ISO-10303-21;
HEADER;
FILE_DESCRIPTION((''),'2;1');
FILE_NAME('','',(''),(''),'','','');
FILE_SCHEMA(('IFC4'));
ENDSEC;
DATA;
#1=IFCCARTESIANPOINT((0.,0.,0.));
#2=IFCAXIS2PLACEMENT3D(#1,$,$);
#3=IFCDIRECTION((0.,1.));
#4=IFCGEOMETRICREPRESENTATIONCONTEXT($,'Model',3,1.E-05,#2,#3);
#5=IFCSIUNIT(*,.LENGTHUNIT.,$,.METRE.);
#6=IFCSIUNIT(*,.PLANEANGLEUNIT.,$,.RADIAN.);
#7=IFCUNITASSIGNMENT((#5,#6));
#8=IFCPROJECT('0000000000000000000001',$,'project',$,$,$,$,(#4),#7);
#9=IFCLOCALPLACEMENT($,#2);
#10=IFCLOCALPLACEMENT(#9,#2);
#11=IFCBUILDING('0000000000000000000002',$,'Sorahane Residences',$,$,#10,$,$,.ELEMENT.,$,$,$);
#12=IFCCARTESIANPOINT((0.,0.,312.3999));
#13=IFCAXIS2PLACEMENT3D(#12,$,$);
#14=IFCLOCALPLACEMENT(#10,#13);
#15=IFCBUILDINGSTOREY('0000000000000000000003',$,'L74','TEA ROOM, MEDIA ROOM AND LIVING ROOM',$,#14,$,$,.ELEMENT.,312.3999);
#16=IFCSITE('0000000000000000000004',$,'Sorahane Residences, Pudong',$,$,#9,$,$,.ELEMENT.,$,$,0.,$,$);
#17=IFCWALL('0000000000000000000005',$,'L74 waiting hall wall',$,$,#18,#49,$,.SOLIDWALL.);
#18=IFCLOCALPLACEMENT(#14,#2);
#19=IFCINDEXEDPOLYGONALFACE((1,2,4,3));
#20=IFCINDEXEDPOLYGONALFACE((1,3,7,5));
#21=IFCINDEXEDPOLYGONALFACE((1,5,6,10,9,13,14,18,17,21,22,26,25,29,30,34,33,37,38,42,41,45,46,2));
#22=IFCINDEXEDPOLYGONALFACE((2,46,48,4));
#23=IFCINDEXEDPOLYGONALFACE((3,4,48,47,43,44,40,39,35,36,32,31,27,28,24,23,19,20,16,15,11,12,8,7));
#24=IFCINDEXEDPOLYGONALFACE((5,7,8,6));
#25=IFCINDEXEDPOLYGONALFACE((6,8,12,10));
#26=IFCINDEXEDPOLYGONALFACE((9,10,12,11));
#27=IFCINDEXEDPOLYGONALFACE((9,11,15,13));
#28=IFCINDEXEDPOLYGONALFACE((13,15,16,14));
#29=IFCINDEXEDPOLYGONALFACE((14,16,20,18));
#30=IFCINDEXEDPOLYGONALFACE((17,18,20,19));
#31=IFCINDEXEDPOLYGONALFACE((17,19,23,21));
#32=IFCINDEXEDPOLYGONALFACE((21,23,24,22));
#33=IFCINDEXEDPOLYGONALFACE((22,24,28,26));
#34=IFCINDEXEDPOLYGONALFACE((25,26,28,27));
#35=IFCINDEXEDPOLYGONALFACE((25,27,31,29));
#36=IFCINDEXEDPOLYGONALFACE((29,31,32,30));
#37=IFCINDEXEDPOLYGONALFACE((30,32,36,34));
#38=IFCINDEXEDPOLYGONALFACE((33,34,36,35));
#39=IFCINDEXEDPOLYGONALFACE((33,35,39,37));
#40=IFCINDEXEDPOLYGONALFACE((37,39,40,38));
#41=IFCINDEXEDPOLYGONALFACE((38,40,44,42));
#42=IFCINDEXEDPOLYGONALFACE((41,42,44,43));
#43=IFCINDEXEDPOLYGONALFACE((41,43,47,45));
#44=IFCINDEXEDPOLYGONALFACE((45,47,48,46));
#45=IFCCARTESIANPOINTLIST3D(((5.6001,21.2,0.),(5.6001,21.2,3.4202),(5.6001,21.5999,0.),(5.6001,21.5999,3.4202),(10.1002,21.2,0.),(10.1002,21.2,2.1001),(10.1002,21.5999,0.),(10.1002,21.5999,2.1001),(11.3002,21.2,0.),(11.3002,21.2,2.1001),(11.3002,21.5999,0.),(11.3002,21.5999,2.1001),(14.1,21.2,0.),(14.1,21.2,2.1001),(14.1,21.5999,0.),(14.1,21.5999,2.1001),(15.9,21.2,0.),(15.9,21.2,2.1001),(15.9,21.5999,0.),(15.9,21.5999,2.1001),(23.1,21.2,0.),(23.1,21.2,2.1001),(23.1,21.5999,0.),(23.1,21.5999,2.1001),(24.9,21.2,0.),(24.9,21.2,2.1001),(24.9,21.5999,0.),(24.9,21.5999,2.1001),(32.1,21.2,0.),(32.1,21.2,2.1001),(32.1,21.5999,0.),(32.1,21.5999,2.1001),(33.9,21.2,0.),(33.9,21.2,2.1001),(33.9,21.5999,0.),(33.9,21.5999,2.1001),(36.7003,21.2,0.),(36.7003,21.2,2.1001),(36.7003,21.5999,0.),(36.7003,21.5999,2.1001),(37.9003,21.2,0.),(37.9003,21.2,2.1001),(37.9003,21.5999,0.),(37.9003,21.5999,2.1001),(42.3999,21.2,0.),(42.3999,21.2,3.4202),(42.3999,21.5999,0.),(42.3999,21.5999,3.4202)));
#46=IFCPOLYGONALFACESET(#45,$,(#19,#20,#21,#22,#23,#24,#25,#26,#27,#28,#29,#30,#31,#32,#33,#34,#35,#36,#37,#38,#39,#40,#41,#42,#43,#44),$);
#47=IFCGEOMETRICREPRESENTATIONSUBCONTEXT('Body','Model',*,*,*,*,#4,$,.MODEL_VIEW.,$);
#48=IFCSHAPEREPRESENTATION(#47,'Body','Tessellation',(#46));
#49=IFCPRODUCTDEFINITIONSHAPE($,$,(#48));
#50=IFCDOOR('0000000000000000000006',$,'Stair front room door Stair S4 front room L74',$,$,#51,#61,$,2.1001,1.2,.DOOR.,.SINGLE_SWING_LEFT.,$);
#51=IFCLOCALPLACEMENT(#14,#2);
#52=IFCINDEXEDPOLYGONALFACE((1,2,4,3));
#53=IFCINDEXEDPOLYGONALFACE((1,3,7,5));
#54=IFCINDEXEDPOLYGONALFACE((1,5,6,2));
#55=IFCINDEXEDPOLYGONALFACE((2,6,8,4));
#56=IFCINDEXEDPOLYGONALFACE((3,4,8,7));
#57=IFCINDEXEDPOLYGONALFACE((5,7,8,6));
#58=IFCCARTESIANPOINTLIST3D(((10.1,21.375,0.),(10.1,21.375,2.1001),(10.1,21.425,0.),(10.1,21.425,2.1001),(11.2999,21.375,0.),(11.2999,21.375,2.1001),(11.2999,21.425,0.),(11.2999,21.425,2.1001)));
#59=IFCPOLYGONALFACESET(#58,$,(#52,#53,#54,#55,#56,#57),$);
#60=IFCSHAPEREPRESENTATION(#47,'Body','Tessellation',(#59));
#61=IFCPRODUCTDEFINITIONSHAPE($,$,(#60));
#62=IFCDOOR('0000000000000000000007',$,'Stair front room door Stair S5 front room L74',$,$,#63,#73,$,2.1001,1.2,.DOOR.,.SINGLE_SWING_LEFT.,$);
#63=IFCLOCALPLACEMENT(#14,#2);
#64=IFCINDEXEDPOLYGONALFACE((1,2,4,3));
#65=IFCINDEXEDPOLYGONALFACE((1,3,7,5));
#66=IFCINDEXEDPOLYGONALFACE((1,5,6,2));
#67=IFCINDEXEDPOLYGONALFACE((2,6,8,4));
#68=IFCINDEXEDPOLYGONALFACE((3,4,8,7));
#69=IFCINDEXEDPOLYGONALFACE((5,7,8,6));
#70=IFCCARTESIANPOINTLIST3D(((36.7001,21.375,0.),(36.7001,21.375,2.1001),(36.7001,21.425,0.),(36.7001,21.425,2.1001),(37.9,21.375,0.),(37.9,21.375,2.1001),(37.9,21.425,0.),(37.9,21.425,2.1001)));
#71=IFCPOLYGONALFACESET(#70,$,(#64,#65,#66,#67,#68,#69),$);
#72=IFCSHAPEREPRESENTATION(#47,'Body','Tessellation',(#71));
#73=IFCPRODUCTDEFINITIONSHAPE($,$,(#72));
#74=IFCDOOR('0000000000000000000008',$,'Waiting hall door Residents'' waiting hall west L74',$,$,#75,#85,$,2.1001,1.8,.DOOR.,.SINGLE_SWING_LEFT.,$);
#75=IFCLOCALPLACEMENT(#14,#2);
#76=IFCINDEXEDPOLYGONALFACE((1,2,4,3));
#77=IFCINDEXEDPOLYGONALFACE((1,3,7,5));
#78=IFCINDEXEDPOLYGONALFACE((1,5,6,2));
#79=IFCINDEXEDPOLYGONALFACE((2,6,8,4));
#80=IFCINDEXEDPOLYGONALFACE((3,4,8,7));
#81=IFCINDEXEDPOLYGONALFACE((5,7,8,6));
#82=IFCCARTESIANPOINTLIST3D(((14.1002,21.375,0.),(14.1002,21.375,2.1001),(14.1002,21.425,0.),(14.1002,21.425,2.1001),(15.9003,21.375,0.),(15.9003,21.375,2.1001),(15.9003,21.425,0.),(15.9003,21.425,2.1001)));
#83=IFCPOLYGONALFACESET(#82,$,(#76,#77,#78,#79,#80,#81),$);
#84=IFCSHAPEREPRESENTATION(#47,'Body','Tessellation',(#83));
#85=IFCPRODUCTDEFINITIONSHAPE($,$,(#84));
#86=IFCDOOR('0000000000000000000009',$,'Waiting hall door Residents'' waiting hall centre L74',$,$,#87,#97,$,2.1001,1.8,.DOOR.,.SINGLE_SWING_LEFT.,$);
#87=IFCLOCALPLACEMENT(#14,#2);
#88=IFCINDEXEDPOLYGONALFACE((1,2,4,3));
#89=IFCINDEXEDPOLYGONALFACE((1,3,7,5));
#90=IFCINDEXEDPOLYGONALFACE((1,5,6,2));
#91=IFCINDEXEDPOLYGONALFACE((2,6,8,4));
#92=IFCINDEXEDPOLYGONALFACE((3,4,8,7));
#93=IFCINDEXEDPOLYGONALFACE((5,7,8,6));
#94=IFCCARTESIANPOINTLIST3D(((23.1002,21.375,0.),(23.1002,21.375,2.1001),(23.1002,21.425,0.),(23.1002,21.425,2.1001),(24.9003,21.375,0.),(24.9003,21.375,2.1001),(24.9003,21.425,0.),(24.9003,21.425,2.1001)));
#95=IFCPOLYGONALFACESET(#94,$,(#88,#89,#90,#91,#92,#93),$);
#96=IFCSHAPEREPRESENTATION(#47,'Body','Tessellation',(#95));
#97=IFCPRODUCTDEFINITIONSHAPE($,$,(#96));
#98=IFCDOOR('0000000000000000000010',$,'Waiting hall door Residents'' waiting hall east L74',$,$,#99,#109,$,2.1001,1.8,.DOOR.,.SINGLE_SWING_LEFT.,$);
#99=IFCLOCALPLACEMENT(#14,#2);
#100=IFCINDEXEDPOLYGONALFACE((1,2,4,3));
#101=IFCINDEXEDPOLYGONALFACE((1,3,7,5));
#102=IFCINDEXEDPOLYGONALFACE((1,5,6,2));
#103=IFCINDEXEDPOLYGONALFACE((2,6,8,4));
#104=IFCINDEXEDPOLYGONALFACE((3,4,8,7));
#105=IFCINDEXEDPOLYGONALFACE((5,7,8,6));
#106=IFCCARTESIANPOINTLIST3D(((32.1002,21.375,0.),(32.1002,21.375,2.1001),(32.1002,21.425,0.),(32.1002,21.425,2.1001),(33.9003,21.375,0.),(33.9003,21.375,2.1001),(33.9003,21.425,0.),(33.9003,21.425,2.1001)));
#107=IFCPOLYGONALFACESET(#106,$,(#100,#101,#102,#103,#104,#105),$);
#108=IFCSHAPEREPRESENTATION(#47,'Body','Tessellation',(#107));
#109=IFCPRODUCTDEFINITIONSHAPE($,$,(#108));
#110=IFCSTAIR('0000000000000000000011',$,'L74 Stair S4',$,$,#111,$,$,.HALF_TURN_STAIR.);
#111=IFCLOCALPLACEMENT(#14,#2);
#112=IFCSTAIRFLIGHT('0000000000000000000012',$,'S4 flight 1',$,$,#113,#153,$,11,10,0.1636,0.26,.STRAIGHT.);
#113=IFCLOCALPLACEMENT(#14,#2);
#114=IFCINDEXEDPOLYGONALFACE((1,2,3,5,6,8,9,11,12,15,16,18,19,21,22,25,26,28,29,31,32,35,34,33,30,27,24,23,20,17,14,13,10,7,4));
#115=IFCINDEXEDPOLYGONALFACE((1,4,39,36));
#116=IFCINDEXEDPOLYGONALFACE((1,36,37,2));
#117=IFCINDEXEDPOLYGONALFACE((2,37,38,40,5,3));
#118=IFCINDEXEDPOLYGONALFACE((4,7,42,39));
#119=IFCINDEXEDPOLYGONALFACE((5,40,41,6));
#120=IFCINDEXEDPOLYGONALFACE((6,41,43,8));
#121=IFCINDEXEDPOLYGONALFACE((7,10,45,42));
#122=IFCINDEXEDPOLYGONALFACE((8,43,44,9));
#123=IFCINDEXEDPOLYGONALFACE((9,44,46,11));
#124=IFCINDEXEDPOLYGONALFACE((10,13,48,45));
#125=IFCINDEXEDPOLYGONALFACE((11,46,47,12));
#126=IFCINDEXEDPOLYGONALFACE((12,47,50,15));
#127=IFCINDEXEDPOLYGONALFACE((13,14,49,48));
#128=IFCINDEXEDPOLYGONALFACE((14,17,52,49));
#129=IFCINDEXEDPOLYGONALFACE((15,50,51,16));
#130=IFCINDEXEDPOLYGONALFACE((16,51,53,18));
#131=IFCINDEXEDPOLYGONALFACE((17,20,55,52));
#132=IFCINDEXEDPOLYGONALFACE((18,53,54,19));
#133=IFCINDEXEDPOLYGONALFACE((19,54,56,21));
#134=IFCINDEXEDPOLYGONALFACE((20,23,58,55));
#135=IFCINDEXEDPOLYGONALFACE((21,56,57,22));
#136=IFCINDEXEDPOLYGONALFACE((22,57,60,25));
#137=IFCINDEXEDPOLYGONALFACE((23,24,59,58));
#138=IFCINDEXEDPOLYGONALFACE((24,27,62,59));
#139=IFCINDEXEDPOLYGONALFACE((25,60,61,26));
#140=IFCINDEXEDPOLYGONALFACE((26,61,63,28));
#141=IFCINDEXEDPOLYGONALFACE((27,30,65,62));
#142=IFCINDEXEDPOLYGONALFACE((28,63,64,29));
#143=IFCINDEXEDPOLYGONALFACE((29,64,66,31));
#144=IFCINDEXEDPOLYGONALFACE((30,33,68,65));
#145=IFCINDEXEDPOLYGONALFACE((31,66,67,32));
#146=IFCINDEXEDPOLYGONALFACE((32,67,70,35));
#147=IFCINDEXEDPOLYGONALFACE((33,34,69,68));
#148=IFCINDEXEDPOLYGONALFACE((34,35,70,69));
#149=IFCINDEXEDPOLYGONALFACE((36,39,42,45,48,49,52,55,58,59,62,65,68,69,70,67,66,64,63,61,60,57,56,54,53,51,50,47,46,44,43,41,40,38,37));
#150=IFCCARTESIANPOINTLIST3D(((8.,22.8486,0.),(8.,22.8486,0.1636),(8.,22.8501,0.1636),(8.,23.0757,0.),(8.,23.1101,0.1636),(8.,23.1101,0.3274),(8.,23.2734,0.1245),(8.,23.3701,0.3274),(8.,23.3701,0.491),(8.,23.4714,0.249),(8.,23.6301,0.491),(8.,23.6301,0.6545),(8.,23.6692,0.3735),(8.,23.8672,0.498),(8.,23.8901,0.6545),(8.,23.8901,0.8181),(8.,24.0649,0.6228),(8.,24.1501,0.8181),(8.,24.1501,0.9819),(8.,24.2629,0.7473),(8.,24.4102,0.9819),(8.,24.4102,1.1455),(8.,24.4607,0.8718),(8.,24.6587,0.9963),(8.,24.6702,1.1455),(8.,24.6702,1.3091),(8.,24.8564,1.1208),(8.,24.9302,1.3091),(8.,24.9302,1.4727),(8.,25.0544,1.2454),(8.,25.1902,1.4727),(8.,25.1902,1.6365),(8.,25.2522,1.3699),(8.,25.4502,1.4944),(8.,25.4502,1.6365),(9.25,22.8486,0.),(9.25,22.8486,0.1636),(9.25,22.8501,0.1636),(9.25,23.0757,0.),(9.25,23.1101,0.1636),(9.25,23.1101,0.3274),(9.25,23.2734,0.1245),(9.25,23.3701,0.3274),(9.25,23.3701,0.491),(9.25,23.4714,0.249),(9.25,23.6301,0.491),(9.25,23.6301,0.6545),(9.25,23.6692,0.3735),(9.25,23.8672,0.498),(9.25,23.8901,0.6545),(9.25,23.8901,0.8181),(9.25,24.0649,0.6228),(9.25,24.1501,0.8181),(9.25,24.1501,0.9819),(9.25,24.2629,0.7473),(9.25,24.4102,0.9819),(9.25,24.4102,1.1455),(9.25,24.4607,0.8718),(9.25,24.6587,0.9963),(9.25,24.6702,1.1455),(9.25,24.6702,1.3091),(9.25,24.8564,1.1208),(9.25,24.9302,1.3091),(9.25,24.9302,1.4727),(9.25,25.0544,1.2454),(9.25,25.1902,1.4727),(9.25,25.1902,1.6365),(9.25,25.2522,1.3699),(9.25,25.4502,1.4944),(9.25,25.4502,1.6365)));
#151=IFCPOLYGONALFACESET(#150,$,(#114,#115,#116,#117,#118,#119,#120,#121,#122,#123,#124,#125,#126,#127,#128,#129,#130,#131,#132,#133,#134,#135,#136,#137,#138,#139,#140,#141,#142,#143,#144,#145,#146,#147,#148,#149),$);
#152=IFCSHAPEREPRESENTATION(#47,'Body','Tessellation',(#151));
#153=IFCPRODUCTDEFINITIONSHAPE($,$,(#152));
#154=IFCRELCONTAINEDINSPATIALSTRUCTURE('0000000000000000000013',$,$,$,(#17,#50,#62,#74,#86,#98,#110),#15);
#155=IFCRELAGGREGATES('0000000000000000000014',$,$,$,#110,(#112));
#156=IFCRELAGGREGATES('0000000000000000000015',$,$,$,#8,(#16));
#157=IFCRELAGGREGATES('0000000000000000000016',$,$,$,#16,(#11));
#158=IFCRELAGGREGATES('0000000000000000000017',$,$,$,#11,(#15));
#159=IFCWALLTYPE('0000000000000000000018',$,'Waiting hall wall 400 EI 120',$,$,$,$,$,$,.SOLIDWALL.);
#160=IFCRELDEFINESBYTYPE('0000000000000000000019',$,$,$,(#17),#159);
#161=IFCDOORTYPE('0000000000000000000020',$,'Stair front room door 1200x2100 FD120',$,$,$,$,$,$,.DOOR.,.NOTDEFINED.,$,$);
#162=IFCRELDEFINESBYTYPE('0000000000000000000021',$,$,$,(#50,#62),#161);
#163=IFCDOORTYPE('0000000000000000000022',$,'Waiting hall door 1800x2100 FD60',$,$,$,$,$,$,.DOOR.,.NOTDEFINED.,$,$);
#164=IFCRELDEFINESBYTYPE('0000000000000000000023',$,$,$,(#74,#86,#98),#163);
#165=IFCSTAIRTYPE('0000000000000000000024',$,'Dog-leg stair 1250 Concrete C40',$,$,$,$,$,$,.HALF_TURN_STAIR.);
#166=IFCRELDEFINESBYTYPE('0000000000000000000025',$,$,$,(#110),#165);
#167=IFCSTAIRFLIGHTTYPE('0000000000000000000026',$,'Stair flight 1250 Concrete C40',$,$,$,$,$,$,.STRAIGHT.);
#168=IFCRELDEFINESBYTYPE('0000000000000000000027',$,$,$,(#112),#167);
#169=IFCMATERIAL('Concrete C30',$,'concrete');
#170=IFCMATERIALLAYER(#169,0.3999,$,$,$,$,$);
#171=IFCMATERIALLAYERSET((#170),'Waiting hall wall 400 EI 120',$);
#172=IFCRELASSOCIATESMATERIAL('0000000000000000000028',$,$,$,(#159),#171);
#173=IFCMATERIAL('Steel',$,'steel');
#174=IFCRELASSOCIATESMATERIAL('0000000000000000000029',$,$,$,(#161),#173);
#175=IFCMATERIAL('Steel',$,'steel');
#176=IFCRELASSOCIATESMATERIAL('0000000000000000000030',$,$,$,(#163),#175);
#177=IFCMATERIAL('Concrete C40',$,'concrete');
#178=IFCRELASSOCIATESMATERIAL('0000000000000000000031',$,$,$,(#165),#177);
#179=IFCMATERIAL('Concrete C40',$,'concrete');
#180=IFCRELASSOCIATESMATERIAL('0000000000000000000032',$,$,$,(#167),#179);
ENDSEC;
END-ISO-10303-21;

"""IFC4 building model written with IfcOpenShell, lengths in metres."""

from ifc_helpers import new_model, si_unit, direction, frame, frame_2d, origin, place, context, subcontext, project, spatial, polyline, rectangle, outline, extrude, material, layer, layer_set, type_object, element, fill, aggregate, save


model = new_model("IFC4")

# Units and contexts
model_context = context("Model", 3, precision=1e-05, world=origin(), true_north=direction((0.0, 1.0)))
body_context = subcontext(model_context, "Body", "Model", "MODEL_VIEW")
ifc_project = project(units=[si_unit("LENGTHUNIT", "METRE"), si_unit("PLANEANGLEUNIT", "RADIAN")], contexts=[model_context])

# Site, building, storey
site_placement = place(None, origin())
site = spatial("IfcSite", under=ifc_project, at=site_placement, Name="Sorahane Residences, Pudong", CompositionType="ELEMENT", RefElevation=0.0)
building_placement = place(site_placement, origin())
building = spatial("IfcBuilding", under=site, at=building_placement, Name="Sorahane Residences", CompositionType="ELEMENT")
storey_placement = place(building_placement, frame((0.0, 0.0, 312.3999)))
storey = spatial("IfcBuildingStorey", under=building, at=storey_placement, Name="L74", Description="TEA ROOM, MEDIA ROOM AND LIVING ROOM", CompositionType="ELEMENT", Elevation=312.3999)

# Wall, openings, doors
ifc_material_1 = material(Name="Concrete C30", Category="concrete")
ifc_layer_1 = layer(ifc_material_1, 0.3999)
ifc_layer_set_1 = layer_set([ifc_layer_1], Name="Waiting hall wall 400 EI 120")
wall_type_1 = type_object("IfcWallType", Name="Waiting hall wall 400 EI 120", PredefinedType="SOLIDWALL", material=ifc_layer_set_1)
wall_1_placement = place(storey_placement, frame((5.6001, 21.3999, 0.0), z_axis=(0.0, 0.0, 1.0), x_axis=(1.0, 0.0, 0.0)))
wall_1 = element("IfcWall", 1, at=wall_1_placement, inside=storey, type_object=wall_type_1, Name="L74 waiting hall wall", PredefinedType="SOLIDWALL", context=body_context, shape_type="SweptSolid", body=[
    extrude(rectangle(XDim=36.7998, YDim=0.3999, at=frame_2d((18.3999, 0.0))), origin(), (0.0, 0.0, 1.0), 3.4202),
])
opening_1_placement = place(wall_1_placement, frame((8.5, 0.0, 0.0)))
opening_1 = element("IfcOpeningElement", 2, at=opening_1_placement, cuts=wall_1, PredefinedType="OPENING", context=body_context, shape_type="SweptSolid", body=[
    extrude(rectangle(XDim=1.8, YDim=2.1001, at=frame_2d((0.8999, 1.05))), frame((0.0, 0.21, 0.0), z_axis=(0.0, -1.0, 0.0), x_axis=(1.0, 0.0, 0.0)), (0.0, 0.0, 1.0), 0.4199),
])
opening_2_placement = place(wall_1_placement, frame((17.5, 0.0, 0.0)))
opening_2 = element("IfcOpeningElement", 3, at=opening_2_placement, cuts=wall_1, PredefinedType="OPENING", context=body_context, shape_type="SweptSolid", body=[
    extrude(rectangle(XDim=1.8, YDim=2.1001, at=frame_2d((0.8999, 1.05))), frame((0.0, 0.21, 0.0), z_axis=(0.0, -1.0, 0.0), x_axis=(1.0, 0.0, 0.0)), (0.0, 0.0, 1.0), 0.4199),
])
opening_3_placement = place(wall_1_placement, frame((26.5, 0.0, 0.0)))
opening_3 = element("IfcOpeningElement", 4, at=opening_3_placement, cuts=wall_1, PredefinedType="OPENING", context=body_context, shape_type="SweptSolid", body=[
    extrude(rectangle(XDim=1.8, YDim=2.1001, at=frame_2d((0.8999, 1.05))), frame((0.0, 0.21, 0.0), z_axis=(0.0, -1.0, 0.0), x_axis=(1.0, 0.0, 0.0)), (0.0, 0.0, 1.0), 0.4199),
])
opening_4_placement = place(wall_1_placement, frame((4.5, 0.0, 0.0)))
opening_4 = element("IfcOpeningElement", 5, at=opening_4_placement, cuts=wall_1, PredefinedType="OPENING", context=body_context, shape_type="SweptSolid", body=[
    extrude(rectangle(XDim=1.2, YDim=2.1001, at=frame_2d((0.6001, 1.05))), frame((0.0, 0.21, 0.0), z_axis=(0.0, -1.0, 0.0), x_axis=(1.0, 0.0, 0.0)), (0.0, 0.0, 1.0), 0.4199),
])
opening_5_placement = place(wall_1_placement, frame((31.1001, 0.0, 0.0)))
opening_5 = element("IfcOpeningElement", 6, at=opening_5_placement, cuts=wall_1, PredefinedType="OPENING", context=body_context, shape_type="SweptSolid", body=[
    extrude(rectangle(XDim=1.2, YDim=2.1001, at=frame_2d((0.6001, 1.05))), frame((0.0, 0.21, 0.0), z_axis=(0.0, -1.0, 0.0), x_axis=(1.0, 0.0, 0.0)), (0.0, 0.0, 1.0), 0.4199),
])
ifc_material_2 = material(Name="Steel", Category="steel")
door_type_1 = type_object("IfcDoorType", Name="Stair front room door 1200x2100 FD120", OperationType="NOTDEFINED", PredefinedType="DOOR", material=ifc_material_2)
door_1_placement = place(opening_4_placement, frame((1.2, 0.0, 0.0), z_axis=(0.0, 0.0, 1.0), x_axis=(-1.0, 0.0, 0.0)))
door_1 = element("IfcDoor", 7, at=door_1_placement, inside=storey, type_object=door_type_1, Name="Stair front room door Stair S4 front room L74", OperationType="SINGLE_SWING_LEFT", OverallHeight=2.1001, OverallWidth=1.2, PredefinedType="DOOR", context=body_context, shape_type="SweptSolid", body=[
    extrude(rectangle(XDim=1.2, YDim=2.1001, at=frame_2d((0.6001, 1.05))), frame((0.0, 0.0249, 0.0), z_axis=(0.0, -1.0, 0.0), x_axis=(1.0, 0.0, 0.0)), (0.0, 0.0, 1.0), 0.05),
])
fill(opening_4, door_1)
door_2_placement = place(opening_5_placement, frame((1.2, 0.0, 0.0), z_axis=(0.0, 0.0, 1.0), x_axis=(-1.0, 0.0, 0.0)))
door_2 = element("IfcDoor", 8, at=door_2_placement, inside=storey, type_object=door_type_1, Name="Stair front room door Stair S5 front room L74", OperationType="SINGLE_SWING_LEFT", OverallHeight=2.1001, OverallWidth=1.2, PredefinedType="DOOR", context=body_context, shape_type="SweptSolid", body=[
    extrude(rectangle(XDim=1.2, YDim=2.1001, at=frame_2d((0.6001, 1.05))), frame((0.0, 0.0249, 0.0), z_axis=(0.0, -1.0, 0.0), x_axis=(1.0, 0.0, 0.0)), (0.0, 0.0, 1.0), 0.05),
])
fill(opening_5, door_2)
ifc_material_3 = material(Name="Steel", Category="steel")
door_type_2 = type_object("IfcDoorType", Name="Waiting hall door 1800x2100 FD60", OperationType="NOTDEFINED", PredefinedType="DOOR", material=ifc_material_3)
door_3_placement = place(opening_1_placement, frame((1.8, 0.0, 0.0), z_axis=(0.0, 0.0, 1.0), x_axis=(-1.0, 0.0, 0.0)))
door_3 = element("IfcDoor", 9, at=door_3_placement, inside=storey, type_object=door_type_2, Name="Waiting hall door Residents' waiting hall west L74", OperationType="SINGLE_SWING_LEFT", OverallHeight=2.1001, OverallWidth=1.8, PredefinedType="DOOR", context=body_context, shape_type="SweptSolid", body=[
    extrude(rectangle(XDim=1.8, YDim=2.1001, at=frame_2d((0.8999, 1.05))), frame((0.0, 0.0249, 0.0), z_axis=(0.0, -1.0, 0.0), x_axis=(1.0, 0.0, 0.0)), (0.0, 0.0, 1.0), 0.05),
])
fill(opening_1, door_3)
door_4_placement = place(opening_2_placement, frame((1.8, 0.0, 0.0), z_axis=(0.0, 0.0, 1.0), x_axis=(-1.0, 0.0, 0.0)))
door_4 = element("IfcDoor", 10, at=door_4_placement, inside=storey, type_object=door_type_2, Name="Waiting hall door Residents' waiting hall centre L74", OperationType="SINGLE_SWING_LEFT", OverallHeight=2.1001, OverallWidth=1.8, PredefinedType="DOOR", context=body_context, shape_type="SweptSolid", body=[
    extrude(rectangle(XDim=1.8, YDim=2.1001, at=frame_2d((0.8999, 1.05))), frame((0.0, 0.0249, 0.0), z_axis=(0.0, -1.0, 0.0), x_axis=(1.0, 0.0, 0.0)), (0.0, 0.0, 1.0), 0.05),
])
fill(opening_2, door_4)
door_5_placement = place(opening_3_placement, frame((1.8, 0.0, 0.0), z_axis=(0.0, 0.0, 1.0), x_axis=(-1.0, 0.0, 0.0)))
door_5 = element("IfcDoor", 11, at=door_5_placement, inside=storey, type_object=door_type_2, Name="Waiting hall door Residents' waiting hall east L74", OperationType="SINGLE_SWING_LEFT", OverallHeight=2.1001, OverallWidth=1.8, PredefinedType="DOOR", context=body_context, shape_type="SweptSolid", body=[
    extrude(rectangle(XDim=1.8, YDim=2.1001, at=frame_2d((0.8999, 1.05))), frame((0.0, 0.0249, 0.0), z_axis=(0.0, -1.0, 0.0), x_axis=(1.0, 0.0, 0.0)), (0.0, 0.0, 1.0), 0.05),
])
fill(opening_3, door_5)

# Stair, stair flight
ifc_material_4 = material(Name="Concrete C40", Category="concrete")
stair_type = type_object("IfcStairType", Name="Dog-leg stair 1250 Concrete C40", PredefinedType="HALF_TURN_STAIR", material=ifc_material_4)
stair_placement = place(storey_placement, origin())
stair = element("IfcStair", 12, at=stair_placement, inside=storey, type_object=stair_type, Name="L74 Stair S4", PredefinedType="HALF_TURN_STAIR")
ifc_material_5 = material(Name="Concrete C40", Category="concrete")
stair_flight_type = type_object("IfcStairFlightType", Name="Stair flight 1250 Concrete C40", PredefinedType="STRAIGHT", material=ifc_material_5)
stair_flight_placement = place(storey_placement, frame((8.625, 22.8501, 0.0), z_axis=(0.0, 0.0, 1.0), x_axis=(0.0, 1.0, 0.0)))
stair_flight = element("IfcStairFlight", 13, at=stair_flight_placement, type_object=stair_flight_type, Name="S4 flight 1", NumberOfRisers=11, NumberOfTreads=10, PredefinedType="STRAIGHT", RiserHeight=0.1636, TreadLength=0.26, context=body_context, shape_type="SweptSolid", body=[
    extrude(outline(polyline([(-0.0015, 0.0), (-0.0015, 0.1636), (0.0, 0.1636), (0.26, 0.1636), (0.26, 0.3274), (0.52, 0.3274), (0.52, 0.491), (0.78, 0.491), (0.78, 0.6545), (1.04, 0.6545), (1.04, 0.8181), (1.3, 0.8181), (1.3, 0.9819), (1.5601, 0.9819), (1.5601, 1.1455), (1.8201, 1.1455), (1.8201, 1.3091), (2.0801, 1.3091), (2.0801, 1.4727), (2.3401, 1.4727), (2.3401, 1.6365), (2.6001, 1.6365), (2.6001, 1.8), (2.6001, 1.4944), (2.4021, 1.3699), (2.2043, 1.2454), (2.0063, 1.1208), (1.8086, 0.9963), (1.6106, 0.8718), (1.4128, 0.7473), (1.2148, 0.6228), (1.0171, 0.498), (0.8191, 0.3735), (0.6213, 0.249), (0.4233, 0.1245), (0.2256, 0.0), (-0.0015, 0.0)])), frame((0.0, 0.625, 0.0), z_axis=(0.0, -1.0, 0.0), x_axis=(1.0, 0.0, 0.0)), (0.0, 0.0, 1.0), 1.25),
])
aggregate(stair, [stair_flight])

save(model, "model.ifc")
